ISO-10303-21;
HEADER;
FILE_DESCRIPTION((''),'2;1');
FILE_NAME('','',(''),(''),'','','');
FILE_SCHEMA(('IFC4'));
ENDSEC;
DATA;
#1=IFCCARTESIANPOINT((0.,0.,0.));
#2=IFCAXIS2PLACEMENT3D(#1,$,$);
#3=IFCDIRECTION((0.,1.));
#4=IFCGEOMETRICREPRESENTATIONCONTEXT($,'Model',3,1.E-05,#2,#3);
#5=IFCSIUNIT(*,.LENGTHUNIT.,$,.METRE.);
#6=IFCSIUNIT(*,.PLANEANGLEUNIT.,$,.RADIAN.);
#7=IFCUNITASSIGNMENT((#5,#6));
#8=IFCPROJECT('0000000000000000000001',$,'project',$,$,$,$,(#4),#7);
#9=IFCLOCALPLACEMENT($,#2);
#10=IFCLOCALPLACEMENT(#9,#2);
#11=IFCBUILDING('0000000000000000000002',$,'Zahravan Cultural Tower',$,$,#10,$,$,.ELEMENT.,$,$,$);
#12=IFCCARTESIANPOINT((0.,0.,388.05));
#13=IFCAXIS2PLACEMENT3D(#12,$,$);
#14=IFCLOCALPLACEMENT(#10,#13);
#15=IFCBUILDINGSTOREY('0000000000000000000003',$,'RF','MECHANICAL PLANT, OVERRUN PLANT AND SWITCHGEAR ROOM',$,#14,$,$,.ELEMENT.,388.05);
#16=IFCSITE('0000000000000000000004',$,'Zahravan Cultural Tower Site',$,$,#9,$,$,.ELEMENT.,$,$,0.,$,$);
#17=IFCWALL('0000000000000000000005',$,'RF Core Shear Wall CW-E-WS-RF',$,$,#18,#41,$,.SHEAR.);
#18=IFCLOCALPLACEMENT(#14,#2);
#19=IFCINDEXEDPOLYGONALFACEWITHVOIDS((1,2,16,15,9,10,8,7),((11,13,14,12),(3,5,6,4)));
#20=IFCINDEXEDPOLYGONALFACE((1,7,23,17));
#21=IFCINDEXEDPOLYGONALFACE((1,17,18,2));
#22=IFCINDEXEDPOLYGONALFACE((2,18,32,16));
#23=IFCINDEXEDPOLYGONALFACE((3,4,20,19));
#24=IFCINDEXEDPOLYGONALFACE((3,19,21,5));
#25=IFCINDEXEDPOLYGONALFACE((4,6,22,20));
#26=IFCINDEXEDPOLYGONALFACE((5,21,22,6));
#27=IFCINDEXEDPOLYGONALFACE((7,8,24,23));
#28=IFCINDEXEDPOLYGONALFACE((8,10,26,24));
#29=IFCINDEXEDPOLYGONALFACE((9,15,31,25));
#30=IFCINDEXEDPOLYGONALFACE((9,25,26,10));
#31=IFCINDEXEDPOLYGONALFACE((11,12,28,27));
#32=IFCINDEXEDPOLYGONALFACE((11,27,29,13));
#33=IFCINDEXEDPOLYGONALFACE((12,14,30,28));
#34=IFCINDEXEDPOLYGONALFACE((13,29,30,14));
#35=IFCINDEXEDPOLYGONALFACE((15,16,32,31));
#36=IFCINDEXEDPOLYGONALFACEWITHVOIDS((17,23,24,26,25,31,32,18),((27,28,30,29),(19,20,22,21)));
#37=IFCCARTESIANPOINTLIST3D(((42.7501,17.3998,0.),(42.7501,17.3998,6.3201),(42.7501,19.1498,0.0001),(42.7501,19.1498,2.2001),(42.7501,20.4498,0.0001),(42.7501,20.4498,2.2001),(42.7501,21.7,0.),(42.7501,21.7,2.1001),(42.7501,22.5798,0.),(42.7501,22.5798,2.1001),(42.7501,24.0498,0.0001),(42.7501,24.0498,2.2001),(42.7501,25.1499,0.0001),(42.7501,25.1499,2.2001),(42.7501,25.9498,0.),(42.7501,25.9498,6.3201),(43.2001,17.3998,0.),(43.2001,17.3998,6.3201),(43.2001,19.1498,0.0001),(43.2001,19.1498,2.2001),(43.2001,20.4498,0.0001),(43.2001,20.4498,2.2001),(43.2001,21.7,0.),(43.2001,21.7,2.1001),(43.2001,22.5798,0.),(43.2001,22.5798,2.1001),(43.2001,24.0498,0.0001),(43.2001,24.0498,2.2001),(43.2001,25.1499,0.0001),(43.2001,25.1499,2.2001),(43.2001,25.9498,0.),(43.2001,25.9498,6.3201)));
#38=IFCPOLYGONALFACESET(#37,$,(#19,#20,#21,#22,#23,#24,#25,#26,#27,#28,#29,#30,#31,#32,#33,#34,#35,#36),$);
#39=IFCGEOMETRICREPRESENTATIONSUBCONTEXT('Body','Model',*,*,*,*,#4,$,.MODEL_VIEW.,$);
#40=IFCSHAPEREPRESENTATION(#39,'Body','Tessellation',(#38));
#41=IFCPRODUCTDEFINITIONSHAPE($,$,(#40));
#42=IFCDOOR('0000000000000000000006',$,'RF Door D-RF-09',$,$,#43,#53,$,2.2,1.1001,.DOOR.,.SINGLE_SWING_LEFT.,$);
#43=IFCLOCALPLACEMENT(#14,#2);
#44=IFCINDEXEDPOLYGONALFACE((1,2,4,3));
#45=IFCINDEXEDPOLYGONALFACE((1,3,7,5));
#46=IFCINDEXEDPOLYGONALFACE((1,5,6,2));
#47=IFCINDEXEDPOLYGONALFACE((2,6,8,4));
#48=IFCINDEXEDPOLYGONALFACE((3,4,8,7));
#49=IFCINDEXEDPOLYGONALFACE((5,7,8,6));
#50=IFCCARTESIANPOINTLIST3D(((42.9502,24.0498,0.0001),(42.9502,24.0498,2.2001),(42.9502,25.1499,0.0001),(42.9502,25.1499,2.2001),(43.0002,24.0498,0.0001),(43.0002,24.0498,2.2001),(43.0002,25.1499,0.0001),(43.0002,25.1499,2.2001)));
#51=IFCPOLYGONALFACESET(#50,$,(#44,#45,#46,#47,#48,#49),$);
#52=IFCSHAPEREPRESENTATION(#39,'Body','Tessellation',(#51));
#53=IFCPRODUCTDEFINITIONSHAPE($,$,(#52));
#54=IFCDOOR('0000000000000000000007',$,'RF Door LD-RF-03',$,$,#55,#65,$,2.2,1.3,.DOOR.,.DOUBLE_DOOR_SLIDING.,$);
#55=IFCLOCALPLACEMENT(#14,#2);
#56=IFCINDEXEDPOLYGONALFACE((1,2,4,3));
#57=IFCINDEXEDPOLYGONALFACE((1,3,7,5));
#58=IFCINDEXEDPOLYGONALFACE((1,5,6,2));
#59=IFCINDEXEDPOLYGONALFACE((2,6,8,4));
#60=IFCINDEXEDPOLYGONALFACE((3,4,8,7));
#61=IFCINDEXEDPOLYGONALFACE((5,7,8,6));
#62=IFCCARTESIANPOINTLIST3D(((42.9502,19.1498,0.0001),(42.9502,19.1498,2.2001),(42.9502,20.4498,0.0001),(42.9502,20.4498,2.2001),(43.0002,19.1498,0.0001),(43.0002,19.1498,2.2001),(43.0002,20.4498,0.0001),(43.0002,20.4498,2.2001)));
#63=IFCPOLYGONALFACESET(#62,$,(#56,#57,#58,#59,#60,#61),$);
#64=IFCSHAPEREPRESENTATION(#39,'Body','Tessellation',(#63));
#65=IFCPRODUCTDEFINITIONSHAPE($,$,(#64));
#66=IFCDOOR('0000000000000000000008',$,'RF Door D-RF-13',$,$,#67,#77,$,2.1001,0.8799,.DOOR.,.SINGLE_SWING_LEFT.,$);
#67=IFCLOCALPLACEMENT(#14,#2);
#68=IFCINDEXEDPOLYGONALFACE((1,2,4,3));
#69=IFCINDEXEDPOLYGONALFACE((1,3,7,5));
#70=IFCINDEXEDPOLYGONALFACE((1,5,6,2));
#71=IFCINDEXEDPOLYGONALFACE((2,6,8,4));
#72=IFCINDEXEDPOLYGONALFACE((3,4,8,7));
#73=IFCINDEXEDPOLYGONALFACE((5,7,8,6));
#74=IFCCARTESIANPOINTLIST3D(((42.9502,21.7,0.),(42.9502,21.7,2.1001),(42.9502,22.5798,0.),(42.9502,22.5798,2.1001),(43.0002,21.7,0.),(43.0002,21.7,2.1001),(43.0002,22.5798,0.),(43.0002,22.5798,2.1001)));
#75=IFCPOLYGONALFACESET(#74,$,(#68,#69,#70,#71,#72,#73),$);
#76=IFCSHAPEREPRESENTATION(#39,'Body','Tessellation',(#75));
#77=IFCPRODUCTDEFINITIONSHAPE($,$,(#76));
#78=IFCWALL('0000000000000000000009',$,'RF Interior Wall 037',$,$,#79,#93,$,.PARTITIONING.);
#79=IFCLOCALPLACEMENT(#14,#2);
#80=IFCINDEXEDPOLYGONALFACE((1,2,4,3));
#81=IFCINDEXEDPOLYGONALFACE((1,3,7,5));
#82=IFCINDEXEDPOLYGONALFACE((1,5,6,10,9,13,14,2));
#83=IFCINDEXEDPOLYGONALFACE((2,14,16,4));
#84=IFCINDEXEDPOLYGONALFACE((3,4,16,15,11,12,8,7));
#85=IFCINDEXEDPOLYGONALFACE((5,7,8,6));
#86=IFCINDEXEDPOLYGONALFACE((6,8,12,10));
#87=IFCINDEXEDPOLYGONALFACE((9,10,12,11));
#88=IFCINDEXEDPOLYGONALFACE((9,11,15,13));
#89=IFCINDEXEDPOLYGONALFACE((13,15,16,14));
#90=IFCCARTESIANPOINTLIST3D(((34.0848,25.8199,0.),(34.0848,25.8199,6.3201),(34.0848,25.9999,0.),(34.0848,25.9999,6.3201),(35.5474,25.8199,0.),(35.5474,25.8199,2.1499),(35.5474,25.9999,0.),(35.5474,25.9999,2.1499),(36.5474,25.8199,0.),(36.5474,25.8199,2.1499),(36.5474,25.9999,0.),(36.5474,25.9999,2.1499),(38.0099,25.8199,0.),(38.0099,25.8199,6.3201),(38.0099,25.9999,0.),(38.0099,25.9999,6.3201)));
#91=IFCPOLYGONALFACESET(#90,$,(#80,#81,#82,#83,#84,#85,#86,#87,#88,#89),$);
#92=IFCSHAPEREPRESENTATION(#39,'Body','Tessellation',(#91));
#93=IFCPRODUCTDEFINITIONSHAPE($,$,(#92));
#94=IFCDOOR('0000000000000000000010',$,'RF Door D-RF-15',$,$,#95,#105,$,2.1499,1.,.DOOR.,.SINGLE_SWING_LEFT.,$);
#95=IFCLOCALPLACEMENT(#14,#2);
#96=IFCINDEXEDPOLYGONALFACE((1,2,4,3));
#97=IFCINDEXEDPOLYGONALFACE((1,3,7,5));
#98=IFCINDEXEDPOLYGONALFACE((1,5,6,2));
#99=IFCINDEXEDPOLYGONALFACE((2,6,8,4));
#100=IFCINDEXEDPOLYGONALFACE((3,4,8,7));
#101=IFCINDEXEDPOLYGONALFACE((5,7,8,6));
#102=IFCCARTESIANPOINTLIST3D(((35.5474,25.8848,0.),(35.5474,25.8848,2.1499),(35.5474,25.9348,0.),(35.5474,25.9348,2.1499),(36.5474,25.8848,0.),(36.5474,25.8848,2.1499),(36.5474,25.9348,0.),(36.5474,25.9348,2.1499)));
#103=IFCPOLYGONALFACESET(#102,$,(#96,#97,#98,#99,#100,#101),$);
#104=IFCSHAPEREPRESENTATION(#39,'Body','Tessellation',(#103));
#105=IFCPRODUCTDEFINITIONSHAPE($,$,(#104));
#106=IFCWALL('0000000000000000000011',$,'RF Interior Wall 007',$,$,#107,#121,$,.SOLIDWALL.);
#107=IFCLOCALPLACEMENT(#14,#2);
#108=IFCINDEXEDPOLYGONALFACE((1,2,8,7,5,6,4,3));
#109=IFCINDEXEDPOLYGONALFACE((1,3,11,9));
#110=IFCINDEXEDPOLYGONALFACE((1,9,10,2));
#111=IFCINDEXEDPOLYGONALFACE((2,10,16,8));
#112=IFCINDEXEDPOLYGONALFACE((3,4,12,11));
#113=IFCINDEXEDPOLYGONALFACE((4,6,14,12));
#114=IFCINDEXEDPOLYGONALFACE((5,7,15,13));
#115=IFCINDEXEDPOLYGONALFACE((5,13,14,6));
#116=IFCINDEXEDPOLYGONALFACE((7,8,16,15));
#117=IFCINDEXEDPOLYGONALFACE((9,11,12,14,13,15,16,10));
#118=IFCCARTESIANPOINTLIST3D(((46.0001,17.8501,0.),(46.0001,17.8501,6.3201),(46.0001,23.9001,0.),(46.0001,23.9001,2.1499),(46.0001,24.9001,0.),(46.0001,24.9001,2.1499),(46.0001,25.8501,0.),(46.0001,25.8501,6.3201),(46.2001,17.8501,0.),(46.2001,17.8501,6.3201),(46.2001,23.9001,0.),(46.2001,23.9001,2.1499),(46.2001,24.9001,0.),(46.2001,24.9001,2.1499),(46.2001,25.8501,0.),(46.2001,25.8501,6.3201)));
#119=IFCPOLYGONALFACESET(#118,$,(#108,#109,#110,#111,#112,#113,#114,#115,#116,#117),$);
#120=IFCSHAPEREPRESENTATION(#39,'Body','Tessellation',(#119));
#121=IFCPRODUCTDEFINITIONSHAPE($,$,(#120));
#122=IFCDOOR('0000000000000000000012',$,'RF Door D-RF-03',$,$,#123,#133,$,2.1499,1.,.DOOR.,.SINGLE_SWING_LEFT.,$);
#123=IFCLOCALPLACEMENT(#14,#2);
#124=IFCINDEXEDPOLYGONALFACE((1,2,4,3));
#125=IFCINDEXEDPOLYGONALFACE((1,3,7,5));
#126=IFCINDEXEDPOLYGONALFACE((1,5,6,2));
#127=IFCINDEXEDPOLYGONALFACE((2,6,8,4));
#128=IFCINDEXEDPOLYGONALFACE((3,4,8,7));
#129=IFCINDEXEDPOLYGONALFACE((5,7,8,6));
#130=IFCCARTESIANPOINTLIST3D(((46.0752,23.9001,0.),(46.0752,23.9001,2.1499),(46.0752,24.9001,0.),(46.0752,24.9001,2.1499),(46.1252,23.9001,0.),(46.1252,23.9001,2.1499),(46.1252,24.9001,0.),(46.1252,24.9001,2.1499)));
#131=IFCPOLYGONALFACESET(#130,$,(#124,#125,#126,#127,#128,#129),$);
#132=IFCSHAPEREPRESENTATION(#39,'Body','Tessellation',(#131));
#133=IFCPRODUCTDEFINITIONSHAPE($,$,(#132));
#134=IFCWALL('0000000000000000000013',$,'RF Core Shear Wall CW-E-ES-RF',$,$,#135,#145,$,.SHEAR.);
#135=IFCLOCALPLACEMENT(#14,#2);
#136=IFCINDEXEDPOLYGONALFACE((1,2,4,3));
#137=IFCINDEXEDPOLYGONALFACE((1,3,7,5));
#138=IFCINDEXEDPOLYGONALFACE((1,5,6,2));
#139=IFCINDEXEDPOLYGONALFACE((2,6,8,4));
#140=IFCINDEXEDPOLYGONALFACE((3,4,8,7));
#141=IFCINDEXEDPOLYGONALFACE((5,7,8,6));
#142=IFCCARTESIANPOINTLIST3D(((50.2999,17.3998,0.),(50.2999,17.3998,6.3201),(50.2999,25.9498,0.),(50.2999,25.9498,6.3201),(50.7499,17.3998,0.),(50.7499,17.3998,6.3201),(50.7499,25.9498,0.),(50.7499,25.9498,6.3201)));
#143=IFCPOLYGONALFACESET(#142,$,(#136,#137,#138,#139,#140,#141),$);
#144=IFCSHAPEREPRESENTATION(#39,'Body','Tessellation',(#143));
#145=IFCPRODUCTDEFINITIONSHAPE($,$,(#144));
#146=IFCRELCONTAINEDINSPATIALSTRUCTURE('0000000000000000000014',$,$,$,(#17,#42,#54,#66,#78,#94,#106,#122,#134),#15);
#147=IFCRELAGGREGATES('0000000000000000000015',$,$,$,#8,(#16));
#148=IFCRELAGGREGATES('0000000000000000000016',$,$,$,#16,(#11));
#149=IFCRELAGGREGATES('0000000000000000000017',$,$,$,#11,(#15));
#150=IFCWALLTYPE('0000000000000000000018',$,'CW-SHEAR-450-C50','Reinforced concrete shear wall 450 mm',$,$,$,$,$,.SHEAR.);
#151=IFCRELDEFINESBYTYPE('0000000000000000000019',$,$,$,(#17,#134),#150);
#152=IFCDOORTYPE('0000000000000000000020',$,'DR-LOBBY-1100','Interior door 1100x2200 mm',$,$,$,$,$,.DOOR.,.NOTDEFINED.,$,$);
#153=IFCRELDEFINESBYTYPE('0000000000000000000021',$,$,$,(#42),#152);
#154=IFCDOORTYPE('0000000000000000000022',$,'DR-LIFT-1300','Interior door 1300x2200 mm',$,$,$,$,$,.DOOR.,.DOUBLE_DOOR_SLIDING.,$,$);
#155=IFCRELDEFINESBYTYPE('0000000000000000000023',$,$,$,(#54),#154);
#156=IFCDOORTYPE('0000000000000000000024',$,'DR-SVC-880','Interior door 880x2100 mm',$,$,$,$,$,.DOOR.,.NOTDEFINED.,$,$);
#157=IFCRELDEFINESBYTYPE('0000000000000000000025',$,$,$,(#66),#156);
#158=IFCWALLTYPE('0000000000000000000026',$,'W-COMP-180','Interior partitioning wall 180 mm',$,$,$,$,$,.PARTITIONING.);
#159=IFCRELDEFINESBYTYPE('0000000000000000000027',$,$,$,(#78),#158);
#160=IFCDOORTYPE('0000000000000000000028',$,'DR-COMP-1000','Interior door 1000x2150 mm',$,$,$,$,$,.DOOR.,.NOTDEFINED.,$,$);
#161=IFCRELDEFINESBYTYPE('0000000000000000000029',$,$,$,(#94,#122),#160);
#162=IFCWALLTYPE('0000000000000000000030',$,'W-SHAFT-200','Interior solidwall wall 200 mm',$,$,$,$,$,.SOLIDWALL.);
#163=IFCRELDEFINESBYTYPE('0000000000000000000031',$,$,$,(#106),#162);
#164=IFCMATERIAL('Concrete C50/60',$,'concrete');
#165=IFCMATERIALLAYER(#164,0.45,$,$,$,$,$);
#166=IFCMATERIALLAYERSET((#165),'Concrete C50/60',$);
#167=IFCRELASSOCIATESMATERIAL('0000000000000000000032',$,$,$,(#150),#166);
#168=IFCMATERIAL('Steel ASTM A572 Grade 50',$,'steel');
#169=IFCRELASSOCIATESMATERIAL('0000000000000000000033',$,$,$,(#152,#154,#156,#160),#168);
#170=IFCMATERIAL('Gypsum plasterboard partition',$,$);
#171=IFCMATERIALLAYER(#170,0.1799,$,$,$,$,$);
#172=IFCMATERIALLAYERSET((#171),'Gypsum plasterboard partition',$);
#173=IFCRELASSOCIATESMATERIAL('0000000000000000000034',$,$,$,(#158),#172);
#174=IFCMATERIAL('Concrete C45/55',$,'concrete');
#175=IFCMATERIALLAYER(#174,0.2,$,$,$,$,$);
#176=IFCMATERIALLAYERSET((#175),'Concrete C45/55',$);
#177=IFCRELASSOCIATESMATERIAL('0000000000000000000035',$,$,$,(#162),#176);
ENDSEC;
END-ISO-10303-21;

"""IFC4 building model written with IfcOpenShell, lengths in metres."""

from ifc_helpers import new_model, si_unit, direction, frame, frame_2d, origin, place, context, subcontext, project, spatial, rectangle, extrude, source, transform, mapped, material, layer, layer_set, type_object, element, fill, save


model = new_model("IFC4")

# Units and contexts
model_context = context("Model", 3, precision=1e-05, world=origin(), true_north=direction((0.0, 1.0)))
body_context = subcontext(model_context, "Body", "Model", "MODEL_VIEW")
ifc_project = project(units=[si_unit("LENGTHUNIT", "METRE"), si_unit("PLANEANGLEUNIT", "RADIAN")], contexts=[model_context])

# Site, building, storey
site_placement = place(None, origin())
site = spatial("IfcSite", under=ifc_project, at=site_placement, Name="Zahravan Cultural Tower Site", CompositionType="ELEMENT", RefElevation=0.0)
building_placement = place(site_placement, origin())
building = spatial("IfcBuilding", under=site, at=building_placement, Name="Zahravan Cultural Tower", CompositionType="ELEMENT")
storey_placement = place(building_placement, frame((0.0, 0.0, 388.05)))
storey = spatial("IfcBuildingStorey", under=building, at=storey_placement, Name="RF", Description="MECHANICAL PLANT, OVERRUN PLANT AND SWITCHGEAR ROOM", CompositionType="ELEMENT", Elevation=388.05)

# Shared definitions
ifc_material_1 = material(Name="Steel ASTM A572 Grade 50", Category="steel")

# Shared definitions
ifc_material_2 = material(Name="Concrete C50/60", Category="concrete")

# Wall, openings, doors
ifc_layer_1 = layer(ifc_material_2, 0.45)
ifc_layer_set_1 = layer_set([ifc_layer_1], Name="Concrete C50/60")
wall_type_1 = type_object("IfcWallType", Name="CW-SHEAR-450-C50", Description="Reinforced concrete shear wall 450 mm", PredefinedType="SHEAR", material=ifc_layer_set_1)
wall_1_placement = place(storey_placement, frame((42.9751, 17.3999, 0.0), z_axis=(0.0, 0.0, 1.0), x_axis=(0.0, 1.0, 0.0)))
wall_1 = element("IfcWall", 1, at=wall_1_placement, inside=storey, type_object=wall_type_1, Name="RF Core Shear Wall CW-E-WS-RF", PredefinedType="SHEAR", context=body_context, shape_type="SweptSolid", body=[
    extrude(rectangle(XDim=8.55, YDim=0.45, at=frame_2d((4.2749, 0.0))), origin(), (0.0, 0.0, 1.0), 6.3201),
])
opening_1_placement = place(wall_1_placement, frame((6.6499, 0.0, 0.0)))
opening_1 = element("IfcOpeningElement", 2, at=opening_1_placement, cuts=wall_1, PredefinedType="OPENING", context=body_context, shape_type="SweptSolid", body=[
    extrude(rectangle(XDim=1.1001, YDim=2.2, at=frame_2d((0.55, 1.1001))), frame((0.0, 0.2349, 0.0), z_axis=(0.0, -1.0, 0.0), x_axis=(1.0, 0.0, 0.0)), (0.0, 0.0, 1.0), 0.47),
])
opening_2_placement = place(wall_1_placement, frame((1.75, 0.0, 0.0)))
opening_2 = element("IfcOpeningElement", 3, at=opening_2_placement, cuts=wall_1, PredefinedType="OPENING", context=body_context, shape_type="SweptSolid", body=[
    extrude(rectangle(XDim=1.3, YDim=2.2, at=frame_2d((0.6499, 1.1001))), frame((0.0, 0.2349, 0.0), z_axis=(0.0, -1.0, 0.0), x_axis=(1.0, 0.0, 0.0)), (0.0, 0.0, 1.0), 0.47),
])
opening_3_placement = place(wall_1_placement, frame((4.3, 0.0, 0.0)))
opening_3 = element("IfcOpeningElement", 4, at=opening_3_placement, cuts=wall_1, PredefinedType="OPENING", context=body_context, shape_type="SweptSolid", body=[
    extrude(rectangle(XDim=0.8799, YDim=2.1001, at=frame_2d((0.4399, 1.05))), frame((0.0, 0.2349, 0.0), z_axis=(0.0, -1.0, 0.0), x_axis=(1.0, 0.0, 0.0)), (0.0, 0.0, 1.0), 0.47),
])
door_type_1 = type_object("IfcDoorType", Name="DR-LOBBY-1100", Description="Interior door 1100x2200 mm", OperationType="NOTDEFINED", PredefinedType="DOOR", material=ifc_material_1)
shared_shape_1 = source(origin(), body_context, "Body", "SweptSolid", [
    extrude(rectangle(XDim=1.1001, YDim=2.2, at=frame_2d((0.55, 1.1001))), frame((0.0, 0.0249, 0.0), z_axis=(0.0, -1.0, 0.0), x_axis=(1.0, 0.0, 0.0)), (0.0, 0.0, 1.0), 0.05),
])
door_1_placement = place(opening_1_placement, origin())
door_1 = element("IfcDoor", 5, at=door_1_placement, inside=storey, type_object=door_type_1, Name="RF Door D-RF-09", OperationType="SINGLE_SWING_LEFT", OverallHeight=2.2, OverallWidth=1.1001, PredefinedType="DOOR", context=body_context, shape_type="MappedRepresentation", body=[
    mapped(shared_shape_1, transform((0.0, 0.0, 0.0), x_axis=(1.0, 0.0, 0.0), y_axis=(0.0, 1.0, 0.0), z_axis=(0.0, 0.0, 1.0), scale=1.0)),
])
fill(opening_1, door_1)
door_type_2 = type_object("IfcDoorType", Name="DR-LIFT-1300", Description="Interior door 1300x2200 mm", OperationType="DOUBLE_DOOR_SLIDING", PredefinedType="DOOR", material=ifc_material_1)
shared_shape_2 = source(origin(), body_context, "Body", "SweptSolid", [
    extrude(rectangle(XDim=1.3, YDim=2.2, at=frame_2d((0.6499, 1.1001))), frame((0.0, 0.0249, 0.0), z_axis=(0.0, -1.0, 0.0), x_axis=(1.0, 0.0, 0.0)), (0.0, 0.0, 1.0), 0.05),
])
door_2_placement = place(opening_2_placement, origin())
door_2 = element("IfcDoor", 6, at=door_2_placement, inside=storey, type_object=door_type_2, Name="RF Door LD-RF-03", OperationType="DOUBLE_DOOR_SLIDING", OverallHeight=2.2, OverallWidth=1.3, PredefinedType="DOOR", context=body_context, shape_type="MappedRepresentation", body=[
    mapped(shared_shape_2, transform((0.0, 0.0, 0.0), x_axis=(1.0, 0.0, 0.0), y_axis=(0.0, 1.0, 0.0), z_axis=(0.0, 0.0, 1.0), scale=1.0)),
])
fill(opening_2, door_2)
door_type_3 = type_object("IfcDoorType", Name="DR-SVC-880", Description="Interior door 880x2100 mm", OperationType="NOTDEFINED", PredefinedType="DOOR", material=ifc_material_1)
shared_shape_3 = source(origin(), body_context, "Body", "SweptSolid", [
    extrude(rectangle(XDim=0.8799, YDim=2.1001, at=frame_2d((0.4399, 1.05))), frame((0.0, 0.0249, 0.0), z_axis=(0.0, -1.0, 0.0), x_axis=(1.0, 0.0, 0.0)), (0.0, 0.0, 1.0), 0.05),
])
door_3_placement = place(opening_3_placement, origin())
door_3 = element("IfcDoor", 7, at=door_3_placement, inside=storey, type_object=door_type_3, Name="RF Door D-RF-13", OperationType="SINGLE_SWING_LEFT", OverallHeight=2.1001, OverallWidth=0.8799, PredefinedType="DOOR", context=body_context, shape_type="MappedRepresentation", body=[
    mapped(shared_shape_3, transform((0.0, 0.0, 0.0), x_axis=(1.0, 0.0, 0.0), y_axis=(0.0, 1.0, 0.0), z_axis=(0.0, 0.0, 1.0), scale=1.0)),
])
fill(opening_3, door_3)

# Walls, openings, doors
ifc_material_3 = material(Name="Gypsum plasterboard partition")
ifc_layer_2 = layer(ifc_material_3, 0.1799)
ifc_layer_set_2 = layer_set([ifc_layer_2], Name="Gypsum plasterboard partition")
wall_type_2 = type_object("IfcWallType", Name="W-COMP-180", Description="Interior partitioning wall 180 mm", PredefinedType="PARTITIONING", material=ifc_layer_set_2)
wall_2_placement = place(storey_placement, frame((34.085, 25.9099, 0.0), z_axis=(0.0, 0.0, 1.0), x_axis=(1.0, 0.0, 0.0)))
wall_2 = element("IfcWall", 8, at=wall_2_placement, inside=storey, type_object=wall_type_2, Name="RF Interior Wall 037", PredefinedType="PARTITIONING", context=body_context, shape_type="SweptSolid", body=[
    extrude(rectangle(XDim=3.925, YDim=0.1799, at=frame_2d((1.9624, 0.0))), origin(), (0.0, 0.0, 1.0), 6.3201),
])
opening_4_placement = place(wall_2_placement, frame((1.4624, 0.0, 0.0)))
opening_4 = element("IfcOpeningElement", 9, at=opening_4_placement, cuts=wall_2, PredefinedType="OPENING", context=body_context, shape_type="SweptSolid", body=[
    extrude(rectangle(XDim=1.0, YDim=2.1499, at=frame_2d((0.5, 1.075))), frame((0.0, 0.0999, 0.0), z_axis=(0.0, -1.0, 0.0), x_axis=(1.0, 0.0, 0.0)), (0.0, 0.0, 1.0), 0.2),
])
door_type_4 = type_object("IfcDoorType", Name="DR-COMP-1000", Description="Interior door 1000x2150 mm", OperationType="NOTDEFINED", PredefinedType="DOOR", material=ifc_material_1)
shared_shape_4 = source(origin(), body_context, "Body", "SweptSolid", [
    extrude(rectangle(XDim=1.0, YDim=2.1499, at=frame_2d((0.5, 1.075))), frame((0.0, 0.0249, 0.0), z_axis=(0.0, -1.0, 0.0), x_axis=(1.0, 0.0, 0.0)), (0.0, 0.0, 1.0), 0.05),
])
door_4_placement = place(opening_4_placement, origin())
door_4 = element("IfcDoor", 10, at=door_4_placement, inside=storey, type_object=door_type_4, Name="RF Door D-RF-15", OperationType="SINGLE_SWING_LEFT", OverallHeight=2.1499, OverallWidth=1.0, PredefinedType="DOOR", context=body_context, shape_type="MappedRepresentation", body=[
    mapped(shared_shape_4, transform((0.0, 0.0, 0.0), x_axis=(1.0, 0.0, 0.0), y_axis=(0.0, 1.0, 0.0), z_axis=(0.0, 0.0, 1.0), scale=1.0)),
])
fill(opening_4, door_4)
ifc_material_4 = material(Name="Concrete C45/55", Category="concrete")
ifc_layer_3 = layer(ifc_material_4, 0.2)
ifc_layer_set_3 = layer_set([ifc_layer_3], Name="Concrete C45/55")
wall_type_3 = type_object("IfcWallType", Name="W-SHAFT-200", Description="Interior solidwall wall 200 mm", PredefinedType="SOLIDWALL", material=ifc_layer_set_3)
wall_3_placement = place(storey_placement, frame((46.1001, 17.8501, 0.0), z_axis=(0.0, 0.0, 1.0), x_axis=(0.0, 1.0, 0.0)))
wall_3 = element("IfcWall", 11, at=wall_3_placement, inside=storey, type_object=wall_type_3, Name="RF Interior Wall 007", PredefinedType="SOLIDWALL", context=body_context, shape_type="SweptSolid", body=[
    extrude(rectangle(XDim=8.0, YDim=0.2, at=frame_2d((4.0, 0.0))), origin(), (0.0, 0.0, 1.0), 6.3201),
])
opening_5_placement = place(wall_3_placement, frame((6.05, 0.0, 0.0)))
opening_5 = element("IfcOpeningElement", 12, at=opening_5_placement, cuts=wall_3, PredefinedType="OPENING", context=body_context, shape_type="SweptSolid", body=[
    extrude(rectangle(XDim=1.0, YDim=2.1499, at=frame_2d((0.5, 1.075))), frame((0.0, 0.1099, 0.0), z_axis=(0.0, -1.0, 0.0), x_axis=(1.0, 0.0, 0.0)), (0.0, 0.0, 1.0), 0.22),
])
door_5_placement = place(opening_5_placement, origin())
door_5 = element("IfcDoor", 13, at=door_5_placement, inside=storey, type_object=door_type_4, Name="RF Door D-RF-03", OperationType="SINGLE_SWING_LEFT", OverallHeight=2.1499, OverallWidth=1.0, PredefinedType="DOOR", context=body_context, shape_type="MappedRepresentation", body=[
    mapped(shared_shape_4, transform((0.0, 0.0, 0.0), x_axis=(1.0, 0.0, 0.0), y_axis=(0.0, 1.0, 0.0), z_axis=(0.0, 0.0, 1.0), scale=1.0)),
])
fill(opening_5, door_5)

# Wall
shared_shape_5 = source(origin(), body_context, "Body", "SweptSolid", [
    extrude(rectangle(XDim=8.55, YDim=0.45, at=frame_2d((4.2749, 0.0))), origin(), (0.0, 0.0, 1.0), 6.3201),
])
wall_4_placement = place(storey_placement, frame((50.5249, 17.3999, 0.0), z_axis=(0.0, 0.0, 1.0), x_axis=(0.0, 1.0, 0.0)))
element("IfcWall", 14, at=wall_4_placement, inside=storey, type_object=wall_type_1, Name="RF Core Shear Wall CW-E-ES-RF", PredefinedType="SHEAR", context=body_context, shape_type="MappedRepresentation", body=[
    mapped(shared_shape_5, transform((0.0, 0.0, 0.0), x_axis=(1.0, 0.0, 0.0), y_axis=(0.0, 1.0, 0.0), z_axis=(0.0, 0.0, 1.0), scale=1.0)),
])

save(model, "model.ifc")
